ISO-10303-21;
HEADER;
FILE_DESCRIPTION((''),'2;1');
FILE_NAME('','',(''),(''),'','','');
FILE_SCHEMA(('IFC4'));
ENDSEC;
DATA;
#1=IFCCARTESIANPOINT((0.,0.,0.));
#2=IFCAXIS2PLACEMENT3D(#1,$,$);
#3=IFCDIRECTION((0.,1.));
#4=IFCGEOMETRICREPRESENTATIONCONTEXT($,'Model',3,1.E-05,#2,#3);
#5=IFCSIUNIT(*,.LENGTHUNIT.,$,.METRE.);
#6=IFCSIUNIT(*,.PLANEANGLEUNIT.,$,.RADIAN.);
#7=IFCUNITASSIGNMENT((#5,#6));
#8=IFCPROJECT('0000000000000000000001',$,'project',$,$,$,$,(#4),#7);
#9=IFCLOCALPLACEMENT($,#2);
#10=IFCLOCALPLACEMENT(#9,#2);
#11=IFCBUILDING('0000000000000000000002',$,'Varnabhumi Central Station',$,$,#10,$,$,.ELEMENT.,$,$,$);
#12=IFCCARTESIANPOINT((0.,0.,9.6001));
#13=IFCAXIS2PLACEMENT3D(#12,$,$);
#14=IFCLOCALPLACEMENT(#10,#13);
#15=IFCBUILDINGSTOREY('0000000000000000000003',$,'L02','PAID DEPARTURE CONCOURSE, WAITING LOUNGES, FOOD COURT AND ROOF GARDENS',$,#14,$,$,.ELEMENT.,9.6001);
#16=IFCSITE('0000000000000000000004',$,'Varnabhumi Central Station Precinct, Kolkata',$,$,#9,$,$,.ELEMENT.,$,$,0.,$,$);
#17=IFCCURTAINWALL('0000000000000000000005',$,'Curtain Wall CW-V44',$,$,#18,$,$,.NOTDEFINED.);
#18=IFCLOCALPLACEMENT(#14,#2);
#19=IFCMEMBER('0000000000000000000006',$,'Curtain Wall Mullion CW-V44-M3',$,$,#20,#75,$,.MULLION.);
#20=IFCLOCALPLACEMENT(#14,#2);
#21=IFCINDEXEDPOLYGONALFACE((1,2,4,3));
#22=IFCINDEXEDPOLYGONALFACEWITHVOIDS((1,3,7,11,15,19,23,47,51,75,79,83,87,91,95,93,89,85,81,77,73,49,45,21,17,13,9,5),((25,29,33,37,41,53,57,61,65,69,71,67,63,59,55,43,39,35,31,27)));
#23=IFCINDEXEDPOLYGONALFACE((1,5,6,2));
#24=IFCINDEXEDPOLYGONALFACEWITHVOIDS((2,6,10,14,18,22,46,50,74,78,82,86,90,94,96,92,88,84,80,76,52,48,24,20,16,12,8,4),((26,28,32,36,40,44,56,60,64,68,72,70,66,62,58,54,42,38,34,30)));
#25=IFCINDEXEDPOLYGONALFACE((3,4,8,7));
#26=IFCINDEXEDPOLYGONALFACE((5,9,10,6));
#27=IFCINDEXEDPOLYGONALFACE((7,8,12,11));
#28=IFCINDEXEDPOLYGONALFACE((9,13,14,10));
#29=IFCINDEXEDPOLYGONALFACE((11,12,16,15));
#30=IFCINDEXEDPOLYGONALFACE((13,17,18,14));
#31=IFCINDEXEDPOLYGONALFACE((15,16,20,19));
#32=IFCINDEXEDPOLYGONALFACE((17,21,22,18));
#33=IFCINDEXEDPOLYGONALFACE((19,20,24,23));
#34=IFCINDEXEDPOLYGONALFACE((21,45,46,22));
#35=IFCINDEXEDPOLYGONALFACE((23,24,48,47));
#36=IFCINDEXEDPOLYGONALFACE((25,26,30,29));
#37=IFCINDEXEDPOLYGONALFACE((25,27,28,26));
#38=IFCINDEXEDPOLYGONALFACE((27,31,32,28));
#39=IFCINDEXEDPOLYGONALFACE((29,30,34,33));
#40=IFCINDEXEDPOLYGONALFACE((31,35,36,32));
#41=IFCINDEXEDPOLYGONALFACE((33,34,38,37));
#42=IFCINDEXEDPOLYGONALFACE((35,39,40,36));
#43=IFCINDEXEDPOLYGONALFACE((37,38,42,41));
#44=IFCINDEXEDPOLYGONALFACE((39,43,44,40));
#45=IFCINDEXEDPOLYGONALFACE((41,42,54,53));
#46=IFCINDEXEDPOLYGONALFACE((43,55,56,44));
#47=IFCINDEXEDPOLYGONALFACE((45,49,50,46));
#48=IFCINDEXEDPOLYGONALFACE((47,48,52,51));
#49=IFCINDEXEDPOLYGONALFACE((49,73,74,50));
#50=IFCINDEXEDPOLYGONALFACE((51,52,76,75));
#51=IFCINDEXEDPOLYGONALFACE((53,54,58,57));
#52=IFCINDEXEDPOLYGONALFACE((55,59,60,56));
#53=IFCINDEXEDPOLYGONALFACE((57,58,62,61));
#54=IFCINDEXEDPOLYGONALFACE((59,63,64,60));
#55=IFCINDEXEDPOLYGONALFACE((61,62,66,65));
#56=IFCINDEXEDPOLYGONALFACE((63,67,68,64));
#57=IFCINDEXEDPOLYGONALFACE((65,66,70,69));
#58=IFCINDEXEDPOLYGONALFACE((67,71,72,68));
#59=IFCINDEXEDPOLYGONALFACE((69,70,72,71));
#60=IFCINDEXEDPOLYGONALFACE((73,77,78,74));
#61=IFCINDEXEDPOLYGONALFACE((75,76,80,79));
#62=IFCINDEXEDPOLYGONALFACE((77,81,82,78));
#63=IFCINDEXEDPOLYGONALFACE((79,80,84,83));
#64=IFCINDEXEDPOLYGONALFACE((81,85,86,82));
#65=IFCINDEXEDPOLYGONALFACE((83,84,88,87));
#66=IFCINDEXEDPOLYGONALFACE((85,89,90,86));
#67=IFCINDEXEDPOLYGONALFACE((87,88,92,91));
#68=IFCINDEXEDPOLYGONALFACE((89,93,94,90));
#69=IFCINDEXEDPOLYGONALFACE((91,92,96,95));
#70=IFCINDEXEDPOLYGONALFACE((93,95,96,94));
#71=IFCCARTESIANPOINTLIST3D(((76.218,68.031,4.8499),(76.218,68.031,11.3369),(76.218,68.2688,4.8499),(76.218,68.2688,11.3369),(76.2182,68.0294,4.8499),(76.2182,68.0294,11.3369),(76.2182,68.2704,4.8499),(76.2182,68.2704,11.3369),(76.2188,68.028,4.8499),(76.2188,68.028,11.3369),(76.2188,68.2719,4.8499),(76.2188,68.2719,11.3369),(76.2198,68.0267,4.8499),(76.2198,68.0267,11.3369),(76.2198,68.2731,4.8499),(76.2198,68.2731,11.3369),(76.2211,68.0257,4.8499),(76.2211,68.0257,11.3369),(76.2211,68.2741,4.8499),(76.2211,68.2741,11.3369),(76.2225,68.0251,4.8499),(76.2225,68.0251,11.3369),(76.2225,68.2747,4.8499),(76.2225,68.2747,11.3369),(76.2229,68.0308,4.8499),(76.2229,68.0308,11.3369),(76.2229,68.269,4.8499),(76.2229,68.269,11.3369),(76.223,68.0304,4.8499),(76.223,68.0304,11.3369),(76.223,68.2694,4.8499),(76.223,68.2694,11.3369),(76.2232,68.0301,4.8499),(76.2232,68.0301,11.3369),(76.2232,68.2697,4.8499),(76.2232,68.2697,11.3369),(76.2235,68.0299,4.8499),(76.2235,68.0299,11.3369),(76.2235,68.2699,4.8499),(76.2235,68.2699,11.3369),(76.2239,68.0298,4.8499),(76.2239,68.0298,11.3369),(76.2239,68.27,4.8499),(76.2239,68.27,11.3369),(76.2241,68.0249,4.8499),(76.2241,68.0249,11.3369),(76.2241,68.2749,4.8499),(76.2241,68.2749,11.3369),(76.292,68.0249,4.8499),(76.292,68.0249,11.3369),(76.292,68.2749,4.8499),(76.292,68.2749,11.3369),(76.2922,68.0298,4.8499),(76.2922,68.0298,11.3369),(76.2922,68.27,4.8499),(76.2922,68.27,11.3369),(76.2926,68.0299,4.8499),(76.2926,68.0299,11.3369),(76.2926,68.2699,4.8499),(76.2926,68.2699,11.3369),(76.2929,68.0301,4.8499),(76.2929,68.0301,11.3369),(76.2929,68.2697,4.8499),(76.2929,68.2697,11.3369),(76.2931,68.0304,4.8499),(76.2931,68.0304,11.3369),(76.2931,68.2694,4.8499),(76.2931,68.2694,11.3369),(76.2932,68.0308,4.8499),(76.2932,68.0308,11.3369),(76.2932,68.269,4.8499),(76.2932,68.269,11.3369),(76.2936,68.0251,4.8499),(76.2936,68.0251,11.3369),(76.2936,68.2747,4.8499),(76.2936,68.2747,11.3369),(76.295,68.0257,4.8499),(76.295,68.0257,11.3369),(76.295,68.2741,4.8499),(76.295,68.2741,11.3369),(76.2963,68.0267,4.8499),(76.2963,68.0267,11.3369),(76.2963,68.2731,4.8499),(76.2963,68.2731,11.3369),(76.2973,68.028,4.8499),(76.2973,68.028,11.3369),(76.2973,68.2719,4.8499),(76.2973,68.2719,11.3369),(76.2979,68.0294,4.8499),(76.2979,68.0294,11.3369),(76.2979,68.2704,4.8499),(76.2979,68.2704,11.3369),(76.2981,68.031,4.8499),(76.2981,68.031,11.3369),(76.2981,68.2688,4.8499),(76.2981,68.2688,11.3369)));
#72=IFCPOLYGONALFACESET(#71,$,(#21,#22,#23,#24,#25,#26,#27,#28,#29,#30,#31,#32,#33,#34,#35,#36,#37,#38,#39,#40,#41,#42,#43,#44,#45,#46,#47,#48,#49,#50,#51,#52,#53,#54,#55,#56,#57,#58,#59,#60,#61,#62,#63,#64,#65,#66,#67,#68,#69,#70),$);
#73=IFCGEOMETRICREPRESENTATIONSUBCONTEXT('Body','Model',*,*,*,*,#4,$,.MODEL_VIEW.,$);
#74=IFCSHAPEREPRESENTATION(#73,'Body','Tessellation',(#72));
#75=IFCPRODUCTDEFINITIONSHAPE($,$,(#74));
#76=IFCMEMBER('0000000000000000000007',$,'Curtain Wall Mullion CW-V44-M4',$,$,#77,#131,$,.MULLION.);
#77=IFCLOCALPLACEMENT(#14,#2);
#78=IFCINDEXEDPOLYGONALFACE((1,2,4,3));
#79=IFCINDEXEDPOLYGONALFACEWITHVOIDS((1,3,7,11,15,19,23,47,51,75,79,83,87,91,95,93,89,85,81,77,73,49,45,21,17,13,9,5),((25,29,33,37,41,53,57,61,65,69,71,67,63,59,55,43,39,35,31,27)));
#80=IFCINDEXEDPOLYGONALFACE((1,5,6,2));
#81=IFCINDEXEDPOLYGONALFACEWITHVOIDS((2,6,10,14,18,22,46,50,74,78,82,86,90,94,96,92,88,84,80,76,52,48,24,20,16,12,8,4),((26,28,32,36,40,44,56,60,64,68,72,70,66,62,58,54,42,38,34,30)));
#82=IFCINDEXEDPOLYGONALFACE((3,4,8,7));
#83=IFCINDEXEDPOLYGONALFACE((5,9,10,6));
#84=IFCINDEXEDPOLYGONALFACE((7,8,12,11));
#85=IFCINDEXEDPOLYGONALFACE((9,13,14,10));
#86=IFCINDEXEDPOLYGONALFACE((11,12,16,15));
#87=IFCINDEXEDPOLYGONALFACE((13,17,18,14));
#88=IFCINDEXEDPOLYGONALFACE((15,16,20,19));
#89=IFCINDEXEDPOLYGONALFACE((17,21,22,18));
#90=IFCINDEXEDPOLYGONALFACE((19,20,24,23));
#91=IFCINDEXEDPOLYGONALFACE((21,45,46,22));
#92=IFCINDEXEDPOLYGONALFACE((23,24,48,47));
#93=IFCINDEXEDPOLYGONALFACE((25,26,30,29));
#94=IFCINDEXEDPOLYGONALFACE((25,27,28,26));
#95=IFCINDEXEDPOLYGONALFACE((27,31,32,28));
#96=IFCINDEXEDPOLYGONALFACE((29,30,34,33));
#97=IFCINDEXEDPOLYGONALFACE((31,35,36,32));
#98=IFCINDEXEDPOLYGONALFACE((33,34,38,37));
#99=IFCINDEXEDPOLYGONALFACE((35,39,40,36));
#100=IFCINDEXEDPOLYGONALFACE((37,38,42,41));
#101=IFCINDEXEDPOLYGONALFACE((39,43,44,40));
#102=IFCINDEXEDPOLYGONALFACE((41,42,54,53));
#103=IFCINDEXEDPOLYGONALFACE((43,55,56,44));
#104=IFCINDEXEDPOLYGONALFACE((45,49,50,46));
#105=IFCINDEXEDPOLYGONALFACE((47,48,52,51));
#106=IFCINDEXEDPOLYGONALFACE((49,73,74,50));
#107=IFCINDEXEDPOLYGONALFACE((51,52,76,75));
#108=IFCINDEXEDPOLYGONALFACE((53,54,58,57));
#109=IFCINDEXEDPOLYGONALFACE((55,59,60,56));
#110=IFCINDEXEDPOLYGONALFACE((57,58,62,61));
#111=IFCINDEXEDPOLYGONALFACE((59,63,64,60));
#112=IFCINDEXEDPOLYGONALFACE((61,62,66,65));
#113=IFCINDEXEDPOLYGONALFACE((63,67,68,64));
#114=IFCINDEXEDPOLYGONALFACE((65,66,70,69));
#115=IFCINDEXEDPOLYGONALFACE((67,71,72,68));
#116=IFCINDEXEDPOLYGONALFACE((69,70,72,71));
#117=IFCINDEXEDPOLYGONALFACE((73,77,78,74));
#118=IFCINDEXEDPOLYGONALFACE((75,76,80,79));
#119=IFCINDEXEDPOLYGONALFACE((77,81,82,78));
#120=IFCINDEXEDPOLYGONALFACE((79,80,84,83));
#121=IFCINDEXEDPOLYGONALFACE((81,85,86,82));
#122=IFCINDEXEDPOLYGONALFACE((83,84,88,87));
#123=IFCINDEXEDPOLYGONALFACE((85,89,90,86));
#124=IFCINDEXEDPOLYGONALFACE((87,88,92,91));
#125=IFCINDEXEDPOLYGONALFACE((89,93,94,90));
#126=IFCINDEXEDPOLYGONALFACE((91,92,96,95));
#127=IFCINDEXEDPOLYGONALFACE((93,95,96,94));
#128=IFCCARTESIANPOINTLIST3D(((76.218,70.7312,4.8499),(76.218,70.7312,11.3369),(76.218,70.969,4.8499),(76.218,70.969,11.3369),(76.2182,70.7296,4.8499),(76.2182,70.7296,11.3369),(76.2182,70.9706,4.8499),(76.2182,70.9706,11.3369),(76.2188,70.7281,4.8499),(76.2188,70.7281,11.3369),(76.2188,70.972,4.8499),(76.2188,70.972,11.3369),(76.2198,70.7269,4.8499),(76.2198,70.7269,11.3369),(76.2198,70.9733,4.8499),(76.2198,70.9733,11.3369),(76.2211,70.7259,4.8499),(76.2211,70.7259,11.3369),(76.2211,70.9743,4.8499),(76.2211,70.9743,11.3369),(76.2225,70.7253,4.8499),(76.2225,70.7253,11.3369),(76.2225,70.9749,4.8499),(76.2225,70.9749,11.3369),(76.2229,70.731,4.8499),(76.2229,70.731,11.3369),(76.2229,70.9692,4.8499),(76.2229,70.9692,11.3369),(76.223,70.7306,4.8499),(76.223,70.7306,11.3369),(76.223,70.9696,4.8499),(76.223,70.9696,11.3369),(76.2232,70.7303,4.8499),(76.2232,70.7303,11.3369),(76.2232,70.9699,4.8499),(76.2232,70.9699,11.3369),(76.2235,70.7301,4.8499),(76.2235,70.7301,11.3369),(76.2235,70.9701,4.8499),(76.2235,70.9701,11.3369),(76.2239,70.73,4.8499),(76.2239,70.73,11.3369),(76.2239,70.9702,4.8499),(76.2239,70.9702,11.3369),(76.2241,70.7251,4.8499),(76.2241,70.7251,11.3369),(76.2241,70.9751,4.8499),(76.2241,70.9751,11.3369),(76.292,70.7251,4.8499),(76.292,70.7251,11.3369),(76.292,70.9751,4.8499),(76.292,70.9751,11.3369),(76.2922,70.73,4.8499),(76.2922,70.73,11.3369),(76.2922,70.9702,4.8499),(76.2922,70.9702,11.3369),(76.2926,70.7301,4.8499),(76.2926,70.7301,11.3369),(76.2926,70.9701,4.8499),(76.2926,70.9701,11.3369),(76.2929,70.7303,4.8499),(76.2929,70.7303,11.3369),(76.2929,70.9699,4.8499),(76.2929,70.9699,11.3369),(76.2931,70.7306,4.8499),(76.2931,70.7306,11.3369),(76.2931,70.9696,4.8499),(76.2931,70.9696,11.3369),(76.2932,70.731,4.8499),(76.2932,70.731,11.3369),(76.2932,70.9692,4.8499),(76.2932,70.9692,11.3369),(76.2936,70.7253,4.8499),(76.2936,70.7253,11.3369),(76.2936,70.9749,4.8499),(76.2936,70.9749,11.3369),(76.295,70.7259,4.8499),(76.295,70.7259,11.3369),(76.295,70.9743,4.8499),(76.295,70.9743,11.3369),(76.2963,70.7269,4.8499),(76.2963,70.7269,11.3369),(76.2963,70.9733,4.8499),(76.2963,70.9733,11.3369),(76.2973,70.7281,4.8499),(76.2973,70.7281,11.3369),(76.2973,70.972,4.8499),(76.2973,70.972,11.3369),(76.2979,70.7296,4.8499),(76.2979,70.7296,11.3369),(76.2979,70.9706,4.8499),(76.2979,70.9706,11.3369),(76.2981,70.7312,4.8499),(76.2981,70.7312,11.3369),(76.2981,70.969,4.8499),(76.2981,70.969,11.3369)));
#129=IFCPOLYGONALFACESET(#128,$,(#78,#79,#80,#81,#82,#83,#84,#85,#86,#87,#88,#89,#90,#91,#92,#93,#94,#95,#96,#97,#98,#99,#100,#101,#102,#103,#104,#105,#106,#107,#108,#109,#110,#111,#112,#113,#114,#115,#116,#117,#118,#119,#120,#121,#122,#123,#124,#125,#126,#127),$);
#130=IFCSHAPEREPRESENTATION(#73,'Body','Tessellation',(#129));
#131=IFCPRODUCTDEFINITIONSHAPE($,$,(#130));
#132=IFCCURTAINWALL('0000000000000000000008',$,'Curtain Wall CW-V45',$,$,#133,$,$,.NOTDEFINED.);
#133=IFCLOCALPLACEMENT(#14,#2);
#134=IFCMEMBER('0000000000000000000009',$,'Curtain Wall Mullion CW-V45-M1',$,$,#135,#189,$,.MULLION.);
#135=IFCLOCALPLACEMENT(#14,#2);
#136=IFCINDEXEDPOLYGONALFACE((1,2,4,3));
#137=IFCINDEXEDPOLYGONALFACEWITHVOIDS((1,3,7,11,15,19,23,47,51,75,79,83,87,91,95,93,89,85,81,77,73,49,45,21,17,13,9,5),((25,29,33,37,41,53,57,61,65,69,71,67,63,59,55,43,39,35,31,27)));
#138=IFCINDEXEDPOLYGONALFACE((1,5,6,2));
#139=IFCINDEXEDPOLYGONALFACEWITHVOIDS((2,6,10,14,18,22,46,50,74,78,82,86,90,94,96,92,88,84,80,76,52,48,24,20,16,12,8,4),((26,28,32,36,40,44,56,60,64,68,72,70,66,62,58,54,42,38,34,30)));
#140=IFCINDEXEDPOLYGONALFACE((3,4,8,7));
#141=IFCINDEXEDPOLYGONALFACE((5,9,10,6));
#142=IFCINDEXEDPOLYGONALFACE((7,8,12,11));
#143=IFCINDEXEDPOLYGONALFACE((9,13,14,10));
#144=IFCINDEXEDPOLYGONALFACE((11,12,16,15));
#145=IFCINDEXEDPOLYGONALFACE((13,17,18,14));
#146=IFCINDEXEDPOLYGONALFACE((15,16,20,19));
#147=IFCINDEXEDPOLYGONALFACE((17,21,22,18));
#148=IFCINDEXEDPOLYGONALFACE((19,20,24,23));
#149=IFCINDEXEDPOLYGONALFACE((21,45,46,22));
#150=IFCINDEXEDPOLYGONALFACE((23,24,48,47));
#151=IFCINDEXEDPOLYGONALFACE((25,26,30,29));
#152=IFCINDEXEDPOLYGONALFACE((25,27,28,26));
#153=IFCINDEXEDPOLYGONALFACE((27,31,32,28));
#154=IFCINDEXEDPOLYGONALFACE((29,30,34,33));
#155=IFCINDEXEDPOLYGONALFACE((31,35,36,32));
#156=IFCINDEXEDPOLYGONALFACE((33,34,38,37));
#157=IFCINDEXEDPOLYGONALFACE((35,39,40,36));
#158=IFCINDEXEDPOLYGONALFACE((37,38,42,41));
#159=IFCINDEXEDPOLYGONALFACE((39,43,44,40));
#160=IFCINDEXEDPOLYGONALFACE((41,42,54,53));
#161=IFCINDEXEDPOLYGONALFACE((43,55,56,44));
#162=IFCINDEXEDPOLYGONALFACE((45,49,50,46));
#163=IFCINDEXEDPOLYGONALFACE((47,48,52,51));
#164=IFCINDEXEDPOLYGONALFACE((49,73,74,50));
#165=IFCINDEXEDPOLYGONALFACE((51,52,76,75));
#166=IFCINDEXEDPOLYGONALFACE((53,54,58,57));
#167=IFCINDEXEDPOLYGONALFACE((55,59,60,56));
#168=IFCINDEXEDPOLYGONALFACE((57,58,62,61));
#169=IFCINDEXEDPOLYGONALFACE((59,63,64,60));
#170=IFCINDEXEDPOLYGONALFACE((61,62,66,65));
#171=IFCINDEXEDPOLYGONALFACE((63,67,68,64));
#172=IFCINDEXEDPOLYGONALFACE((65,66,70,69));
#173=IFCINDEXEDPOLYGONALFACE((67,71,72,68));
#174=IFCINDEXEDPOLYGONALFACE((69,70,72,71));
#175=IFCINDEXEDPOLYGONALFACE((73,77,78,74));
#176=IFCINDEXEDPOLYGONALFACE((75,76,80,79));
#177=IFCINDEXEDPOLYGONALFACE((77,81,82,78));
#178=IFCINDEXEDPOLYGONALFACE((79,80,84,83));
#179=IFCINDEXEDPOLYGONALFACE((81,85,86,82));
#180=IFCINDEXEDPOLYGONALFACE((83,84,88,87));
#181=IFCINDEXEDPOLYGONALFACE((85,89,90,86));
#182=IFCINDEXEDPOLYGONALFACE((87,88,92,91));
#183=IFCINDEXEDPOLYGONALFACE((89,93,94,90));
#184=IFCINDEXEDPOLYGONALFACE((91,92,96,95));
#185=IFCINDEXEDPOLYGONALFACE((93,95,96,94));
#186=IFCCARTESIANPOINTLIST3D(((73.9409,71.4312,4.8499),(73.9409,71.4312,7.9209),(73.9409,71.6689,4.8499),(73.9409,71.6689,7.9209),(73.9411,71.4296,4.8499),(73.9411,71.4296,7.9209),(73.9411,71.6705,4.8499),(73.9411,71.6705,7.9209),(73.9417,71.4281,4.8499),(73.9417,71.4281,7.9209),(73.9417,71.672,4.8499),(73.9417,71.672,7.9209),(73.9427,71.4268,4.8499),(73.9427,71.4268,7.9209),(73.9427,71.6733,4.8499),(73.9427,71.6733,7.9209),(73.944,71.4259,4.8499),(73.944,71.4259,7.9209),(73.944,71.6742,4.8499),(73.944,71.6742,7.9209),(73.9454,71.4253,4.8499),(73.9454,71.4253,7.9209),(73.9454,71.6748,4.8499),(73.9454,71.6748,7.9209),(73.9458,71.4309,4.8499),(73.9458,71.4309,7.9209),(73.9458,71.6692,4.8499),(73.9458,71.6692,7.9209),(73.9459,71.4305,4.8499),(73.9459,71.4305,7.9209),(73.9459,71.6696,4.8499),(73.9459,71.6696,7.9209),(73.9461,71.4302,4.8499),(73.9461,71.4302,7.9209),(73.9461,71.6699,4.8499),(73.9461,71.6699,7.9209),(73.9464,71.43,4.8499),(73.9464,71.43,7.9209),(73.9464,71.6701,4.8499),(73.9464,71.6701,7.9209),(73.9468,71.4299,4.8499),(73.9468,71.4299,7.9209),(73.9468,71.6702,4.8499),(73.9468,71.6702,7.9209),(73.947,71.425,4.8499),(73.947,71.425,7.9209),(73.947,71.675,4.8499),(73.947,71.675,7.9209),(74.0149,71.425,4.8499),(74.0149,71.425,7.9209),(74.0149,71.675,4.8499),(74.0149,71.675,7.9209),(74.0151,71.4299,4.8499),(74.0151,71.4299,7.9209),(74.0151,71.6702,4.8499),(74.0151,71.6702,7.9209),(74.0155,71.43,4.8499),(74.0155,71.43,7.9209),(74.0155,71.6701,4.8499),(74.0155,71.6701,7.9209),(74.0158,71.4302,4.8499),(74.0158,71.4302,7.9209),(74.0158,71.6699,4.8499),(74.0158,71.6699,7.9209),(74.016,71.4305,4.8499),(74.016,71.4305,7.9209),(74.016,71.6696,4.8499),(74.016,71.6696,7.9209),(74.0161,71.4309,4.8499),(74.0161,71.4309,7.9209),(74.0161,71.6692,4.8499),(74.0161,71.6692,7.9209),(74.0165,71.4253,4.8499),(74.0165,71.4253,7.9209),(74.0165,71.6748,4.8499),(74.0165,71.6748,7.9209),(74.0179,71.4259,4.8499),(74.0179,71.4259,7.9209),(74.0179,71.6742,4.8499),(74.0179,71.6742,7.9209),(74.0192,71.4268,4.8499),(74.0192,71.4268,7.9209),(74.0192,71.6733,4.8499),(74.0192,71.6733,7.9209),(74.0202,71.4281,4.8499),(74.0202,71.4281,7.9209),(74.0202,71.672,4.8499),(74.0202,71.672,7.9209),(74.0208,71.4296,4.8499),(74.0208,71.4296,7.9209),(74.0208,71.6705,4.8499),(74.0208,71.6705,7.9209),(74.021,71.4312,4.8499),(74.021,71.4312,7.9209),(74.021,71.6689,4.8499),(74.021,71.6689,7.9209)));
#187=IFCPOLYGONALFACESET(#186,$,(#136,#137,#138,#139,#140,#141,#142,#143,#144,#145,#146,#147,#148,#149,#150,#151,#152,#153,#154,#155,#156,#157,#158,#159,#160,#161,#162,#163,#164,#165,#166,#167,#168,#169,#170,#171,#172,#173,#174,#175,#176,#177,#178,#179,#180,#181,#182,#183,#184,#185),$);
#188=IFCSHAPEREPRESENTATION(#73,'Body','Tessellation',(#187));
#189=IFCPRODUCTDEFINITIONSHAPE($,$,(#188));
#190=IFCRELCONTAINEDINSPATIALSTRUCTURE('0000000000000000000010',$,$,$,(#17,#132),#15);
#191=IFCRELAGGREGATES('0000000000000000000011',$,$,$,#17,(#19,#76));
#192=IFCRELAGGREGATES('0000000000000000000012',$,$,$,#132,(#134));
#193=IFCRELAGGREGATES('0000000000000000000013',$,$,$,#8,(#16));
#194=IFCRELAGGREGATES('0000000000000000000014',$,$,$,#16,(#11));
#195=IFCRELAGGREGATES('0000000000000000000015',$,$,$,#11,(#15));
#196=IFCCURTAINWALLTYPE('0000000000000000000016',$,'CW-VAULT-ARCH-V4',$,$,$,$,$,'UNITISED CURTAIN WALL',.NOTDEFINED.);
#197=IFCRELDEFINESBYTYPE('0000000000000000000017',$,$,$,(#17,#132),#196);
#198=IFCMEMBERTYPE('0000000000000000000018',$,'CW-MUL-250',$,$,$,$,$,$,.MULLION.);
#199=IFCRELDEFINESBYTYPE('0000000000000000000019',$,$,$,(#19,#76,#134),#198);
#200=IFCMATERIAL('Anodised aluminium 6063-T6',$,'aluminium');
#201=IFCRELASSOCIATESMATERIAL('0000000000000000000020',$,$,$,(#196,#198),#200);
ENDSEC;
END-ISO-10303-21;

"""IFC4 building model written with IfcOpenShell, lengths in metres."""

from ifc_helpers import new_model, si_unit, direction, frame, origin, origin_2d, place, context, subcontext, project, spatial, hollow_rectangle, extrude, material, material_profile, profile_set, type_object, element, aggregate, save


model = new_model("IFC4")

# Units and contexts
model_context = context("Model", 3, precision=1e-05, world=origin(), true_north=direction((0.0, 1.0)))
body_context = subcontext(model_context, "Body", "Model", "MODEL_VIEW")
ifc_project = project(units=[si_unit("LENGTHUNIT", "METRE"), si_unit("PLANEANGLEUNIT", "RADIAN")], contexts=[model_context])

# Site, building, storey
site_placement = place(None, origin())
site = spatial("IfcSite", under=ifc_project, at=site_placement, Name="Varnabhumi Central Station Precinct, Kolkata", CompositionType="ELEMENT", RefElevation=0.0)
building_placement = place(site_placement, origin())
building = spatial("IfcBuilding", under=site, at=building_placement, Name="Varnabhumi Central Station", CompositionType="ELEMENT")
storey_placement = place(building_placement, frame((0.0, 0.0, 9.6001)))
storey = spatial("IfcBuildingStorey", under=building, at=storey_placement, Name="L02", Description="PAID DEPARTURE CONCOURSE, WAITING LOUNGES, FOOD COURT AND ROOF GARDENS", CompositionType="ELEMENT", Elevation=9.6001)

# Curtain walls, members
ifc_material_1 = material(Name="Anodised aluminium 6063-T6", Category="aluminium")
curtain_wall_type = type_object("IfcCurtainWallType", Name="CW-VAULT-ARCH-V4", ElementType="UNITISED CURTAIN WALL", PredefinedType="NOTDEFINED", material=ifc_material_1)
curtain_wall_1_placement = place(storey_placement, origin())
curtain_wall_1 = element("IfcCurtainWall", 1, at=curtain_wall_1_placement, inside=storey, type_object=curtain_wall_type, Name="Curtain Wall CW-V44", PredefinedType="NOTDEFINED")
ifc_material_profile_1 = material_profile(ifc_material_1, hollow_rectangle(XDim=0.0801, YDim=0.25, WallThickness=0.0049, InnerFilletRadius=0.001, OuterFilletRadius=0.0061, at=origin_2d()), Name="Anodised aluminium 6063-T6", Category="aluminium")
ifc_profile_set_1 = profile_set([ifc_material_profile_1], Name="Anodised aluminium 6063-T6")
member_type_1 = type_object("IfcMemberType", Name="CW-MUL-250", PredefinedType="MULLION", material=ifc_profile_set_1)
member_1_placement = place(storey_placement, frame((76.2581, 68.1499, 4.8499), z_axis=(0.0, 0.0, 1.0), x_axis=(1.0, 0.0, 0.0)))
member_1 = element("IfcMember", 2, at=member_1_placement, type_object=member_type_1, Name="Curtain Wall Mullion CW-V44-M3", PredefinedType="MULLION", context=body_context, shape_type="SweptSolid", body=[
    extrude(hollow_rectangle(XDim=0.0801, YDim=0.25, WallThickness=0.0049, InnerFilletRadius=0.001, OuterFilletRadius=0.0061, at=origin_2d()), origin(), (0.0, 0.0, 1.0), 6.4871),
])
member_2_placement = place(storey_placement, frame((76.2581, 70.8501, 4.8499), z_axis=(0.0, 0.0, 1.0), x_axis=(1.0, 0.0, 0.0)))
member_2 = element("IfcMember", 3, at=member_2_placement, type_object=member_type_1, Name="Curtain Wall Mullion CW-V44-M4", PredefinedType="MULLION", context=body_context, shape_type="SweptSolid", body=[
    extrude(hollow_rectangle(XDim=0.0801, YDim=0.25, WallThickness=0.0049, InnerFilletRadius=0.001, OuterFilletRadius=0.0061, at=origin_2d()), origin(), (0.0, 0.0, 1.0), 6.4871),
])
curtain_wall_2_placement = place(storey_placement, origin())
curtain_wall_2 = element("IfcCurtainWall", 4, at=curtain_wall_2_placement, inside=storey, type_object=curtain_wall_type, Name="Curtain Wall CW-V45", PredefinedType="NOTDEFINED")
member_3_placement = place(storey_placement, frame((73.981, 71.55, 4.8499), z_axis=(0.0, 0.0, 1.0), x_axis=(1.0, 0.0, 0.0)))
member_3 = element("IfcMember", 5, at=member_3_placement, type_object=member_type_1, Name="Curtain Wall Mullion CW-V45-M1", PredefinedType="MULLION", context=body_context, shape_type="SweptSolid", body=[
    extrude(hollow_rectangle(XDim=0.0801, YDim=0.25, WallThickness=0.0049, InnerFilletRadius=0.001, OuterFilletRadius=0.0061, at=origin_2d()), origin(), (0.0, 0.0, 1.0), 3.071),
])

aggregate(curtain_wall_1, [member_1, member_2])
aggregate(curtain_wall_2, [member_3])

save(model, "model.ifc")
